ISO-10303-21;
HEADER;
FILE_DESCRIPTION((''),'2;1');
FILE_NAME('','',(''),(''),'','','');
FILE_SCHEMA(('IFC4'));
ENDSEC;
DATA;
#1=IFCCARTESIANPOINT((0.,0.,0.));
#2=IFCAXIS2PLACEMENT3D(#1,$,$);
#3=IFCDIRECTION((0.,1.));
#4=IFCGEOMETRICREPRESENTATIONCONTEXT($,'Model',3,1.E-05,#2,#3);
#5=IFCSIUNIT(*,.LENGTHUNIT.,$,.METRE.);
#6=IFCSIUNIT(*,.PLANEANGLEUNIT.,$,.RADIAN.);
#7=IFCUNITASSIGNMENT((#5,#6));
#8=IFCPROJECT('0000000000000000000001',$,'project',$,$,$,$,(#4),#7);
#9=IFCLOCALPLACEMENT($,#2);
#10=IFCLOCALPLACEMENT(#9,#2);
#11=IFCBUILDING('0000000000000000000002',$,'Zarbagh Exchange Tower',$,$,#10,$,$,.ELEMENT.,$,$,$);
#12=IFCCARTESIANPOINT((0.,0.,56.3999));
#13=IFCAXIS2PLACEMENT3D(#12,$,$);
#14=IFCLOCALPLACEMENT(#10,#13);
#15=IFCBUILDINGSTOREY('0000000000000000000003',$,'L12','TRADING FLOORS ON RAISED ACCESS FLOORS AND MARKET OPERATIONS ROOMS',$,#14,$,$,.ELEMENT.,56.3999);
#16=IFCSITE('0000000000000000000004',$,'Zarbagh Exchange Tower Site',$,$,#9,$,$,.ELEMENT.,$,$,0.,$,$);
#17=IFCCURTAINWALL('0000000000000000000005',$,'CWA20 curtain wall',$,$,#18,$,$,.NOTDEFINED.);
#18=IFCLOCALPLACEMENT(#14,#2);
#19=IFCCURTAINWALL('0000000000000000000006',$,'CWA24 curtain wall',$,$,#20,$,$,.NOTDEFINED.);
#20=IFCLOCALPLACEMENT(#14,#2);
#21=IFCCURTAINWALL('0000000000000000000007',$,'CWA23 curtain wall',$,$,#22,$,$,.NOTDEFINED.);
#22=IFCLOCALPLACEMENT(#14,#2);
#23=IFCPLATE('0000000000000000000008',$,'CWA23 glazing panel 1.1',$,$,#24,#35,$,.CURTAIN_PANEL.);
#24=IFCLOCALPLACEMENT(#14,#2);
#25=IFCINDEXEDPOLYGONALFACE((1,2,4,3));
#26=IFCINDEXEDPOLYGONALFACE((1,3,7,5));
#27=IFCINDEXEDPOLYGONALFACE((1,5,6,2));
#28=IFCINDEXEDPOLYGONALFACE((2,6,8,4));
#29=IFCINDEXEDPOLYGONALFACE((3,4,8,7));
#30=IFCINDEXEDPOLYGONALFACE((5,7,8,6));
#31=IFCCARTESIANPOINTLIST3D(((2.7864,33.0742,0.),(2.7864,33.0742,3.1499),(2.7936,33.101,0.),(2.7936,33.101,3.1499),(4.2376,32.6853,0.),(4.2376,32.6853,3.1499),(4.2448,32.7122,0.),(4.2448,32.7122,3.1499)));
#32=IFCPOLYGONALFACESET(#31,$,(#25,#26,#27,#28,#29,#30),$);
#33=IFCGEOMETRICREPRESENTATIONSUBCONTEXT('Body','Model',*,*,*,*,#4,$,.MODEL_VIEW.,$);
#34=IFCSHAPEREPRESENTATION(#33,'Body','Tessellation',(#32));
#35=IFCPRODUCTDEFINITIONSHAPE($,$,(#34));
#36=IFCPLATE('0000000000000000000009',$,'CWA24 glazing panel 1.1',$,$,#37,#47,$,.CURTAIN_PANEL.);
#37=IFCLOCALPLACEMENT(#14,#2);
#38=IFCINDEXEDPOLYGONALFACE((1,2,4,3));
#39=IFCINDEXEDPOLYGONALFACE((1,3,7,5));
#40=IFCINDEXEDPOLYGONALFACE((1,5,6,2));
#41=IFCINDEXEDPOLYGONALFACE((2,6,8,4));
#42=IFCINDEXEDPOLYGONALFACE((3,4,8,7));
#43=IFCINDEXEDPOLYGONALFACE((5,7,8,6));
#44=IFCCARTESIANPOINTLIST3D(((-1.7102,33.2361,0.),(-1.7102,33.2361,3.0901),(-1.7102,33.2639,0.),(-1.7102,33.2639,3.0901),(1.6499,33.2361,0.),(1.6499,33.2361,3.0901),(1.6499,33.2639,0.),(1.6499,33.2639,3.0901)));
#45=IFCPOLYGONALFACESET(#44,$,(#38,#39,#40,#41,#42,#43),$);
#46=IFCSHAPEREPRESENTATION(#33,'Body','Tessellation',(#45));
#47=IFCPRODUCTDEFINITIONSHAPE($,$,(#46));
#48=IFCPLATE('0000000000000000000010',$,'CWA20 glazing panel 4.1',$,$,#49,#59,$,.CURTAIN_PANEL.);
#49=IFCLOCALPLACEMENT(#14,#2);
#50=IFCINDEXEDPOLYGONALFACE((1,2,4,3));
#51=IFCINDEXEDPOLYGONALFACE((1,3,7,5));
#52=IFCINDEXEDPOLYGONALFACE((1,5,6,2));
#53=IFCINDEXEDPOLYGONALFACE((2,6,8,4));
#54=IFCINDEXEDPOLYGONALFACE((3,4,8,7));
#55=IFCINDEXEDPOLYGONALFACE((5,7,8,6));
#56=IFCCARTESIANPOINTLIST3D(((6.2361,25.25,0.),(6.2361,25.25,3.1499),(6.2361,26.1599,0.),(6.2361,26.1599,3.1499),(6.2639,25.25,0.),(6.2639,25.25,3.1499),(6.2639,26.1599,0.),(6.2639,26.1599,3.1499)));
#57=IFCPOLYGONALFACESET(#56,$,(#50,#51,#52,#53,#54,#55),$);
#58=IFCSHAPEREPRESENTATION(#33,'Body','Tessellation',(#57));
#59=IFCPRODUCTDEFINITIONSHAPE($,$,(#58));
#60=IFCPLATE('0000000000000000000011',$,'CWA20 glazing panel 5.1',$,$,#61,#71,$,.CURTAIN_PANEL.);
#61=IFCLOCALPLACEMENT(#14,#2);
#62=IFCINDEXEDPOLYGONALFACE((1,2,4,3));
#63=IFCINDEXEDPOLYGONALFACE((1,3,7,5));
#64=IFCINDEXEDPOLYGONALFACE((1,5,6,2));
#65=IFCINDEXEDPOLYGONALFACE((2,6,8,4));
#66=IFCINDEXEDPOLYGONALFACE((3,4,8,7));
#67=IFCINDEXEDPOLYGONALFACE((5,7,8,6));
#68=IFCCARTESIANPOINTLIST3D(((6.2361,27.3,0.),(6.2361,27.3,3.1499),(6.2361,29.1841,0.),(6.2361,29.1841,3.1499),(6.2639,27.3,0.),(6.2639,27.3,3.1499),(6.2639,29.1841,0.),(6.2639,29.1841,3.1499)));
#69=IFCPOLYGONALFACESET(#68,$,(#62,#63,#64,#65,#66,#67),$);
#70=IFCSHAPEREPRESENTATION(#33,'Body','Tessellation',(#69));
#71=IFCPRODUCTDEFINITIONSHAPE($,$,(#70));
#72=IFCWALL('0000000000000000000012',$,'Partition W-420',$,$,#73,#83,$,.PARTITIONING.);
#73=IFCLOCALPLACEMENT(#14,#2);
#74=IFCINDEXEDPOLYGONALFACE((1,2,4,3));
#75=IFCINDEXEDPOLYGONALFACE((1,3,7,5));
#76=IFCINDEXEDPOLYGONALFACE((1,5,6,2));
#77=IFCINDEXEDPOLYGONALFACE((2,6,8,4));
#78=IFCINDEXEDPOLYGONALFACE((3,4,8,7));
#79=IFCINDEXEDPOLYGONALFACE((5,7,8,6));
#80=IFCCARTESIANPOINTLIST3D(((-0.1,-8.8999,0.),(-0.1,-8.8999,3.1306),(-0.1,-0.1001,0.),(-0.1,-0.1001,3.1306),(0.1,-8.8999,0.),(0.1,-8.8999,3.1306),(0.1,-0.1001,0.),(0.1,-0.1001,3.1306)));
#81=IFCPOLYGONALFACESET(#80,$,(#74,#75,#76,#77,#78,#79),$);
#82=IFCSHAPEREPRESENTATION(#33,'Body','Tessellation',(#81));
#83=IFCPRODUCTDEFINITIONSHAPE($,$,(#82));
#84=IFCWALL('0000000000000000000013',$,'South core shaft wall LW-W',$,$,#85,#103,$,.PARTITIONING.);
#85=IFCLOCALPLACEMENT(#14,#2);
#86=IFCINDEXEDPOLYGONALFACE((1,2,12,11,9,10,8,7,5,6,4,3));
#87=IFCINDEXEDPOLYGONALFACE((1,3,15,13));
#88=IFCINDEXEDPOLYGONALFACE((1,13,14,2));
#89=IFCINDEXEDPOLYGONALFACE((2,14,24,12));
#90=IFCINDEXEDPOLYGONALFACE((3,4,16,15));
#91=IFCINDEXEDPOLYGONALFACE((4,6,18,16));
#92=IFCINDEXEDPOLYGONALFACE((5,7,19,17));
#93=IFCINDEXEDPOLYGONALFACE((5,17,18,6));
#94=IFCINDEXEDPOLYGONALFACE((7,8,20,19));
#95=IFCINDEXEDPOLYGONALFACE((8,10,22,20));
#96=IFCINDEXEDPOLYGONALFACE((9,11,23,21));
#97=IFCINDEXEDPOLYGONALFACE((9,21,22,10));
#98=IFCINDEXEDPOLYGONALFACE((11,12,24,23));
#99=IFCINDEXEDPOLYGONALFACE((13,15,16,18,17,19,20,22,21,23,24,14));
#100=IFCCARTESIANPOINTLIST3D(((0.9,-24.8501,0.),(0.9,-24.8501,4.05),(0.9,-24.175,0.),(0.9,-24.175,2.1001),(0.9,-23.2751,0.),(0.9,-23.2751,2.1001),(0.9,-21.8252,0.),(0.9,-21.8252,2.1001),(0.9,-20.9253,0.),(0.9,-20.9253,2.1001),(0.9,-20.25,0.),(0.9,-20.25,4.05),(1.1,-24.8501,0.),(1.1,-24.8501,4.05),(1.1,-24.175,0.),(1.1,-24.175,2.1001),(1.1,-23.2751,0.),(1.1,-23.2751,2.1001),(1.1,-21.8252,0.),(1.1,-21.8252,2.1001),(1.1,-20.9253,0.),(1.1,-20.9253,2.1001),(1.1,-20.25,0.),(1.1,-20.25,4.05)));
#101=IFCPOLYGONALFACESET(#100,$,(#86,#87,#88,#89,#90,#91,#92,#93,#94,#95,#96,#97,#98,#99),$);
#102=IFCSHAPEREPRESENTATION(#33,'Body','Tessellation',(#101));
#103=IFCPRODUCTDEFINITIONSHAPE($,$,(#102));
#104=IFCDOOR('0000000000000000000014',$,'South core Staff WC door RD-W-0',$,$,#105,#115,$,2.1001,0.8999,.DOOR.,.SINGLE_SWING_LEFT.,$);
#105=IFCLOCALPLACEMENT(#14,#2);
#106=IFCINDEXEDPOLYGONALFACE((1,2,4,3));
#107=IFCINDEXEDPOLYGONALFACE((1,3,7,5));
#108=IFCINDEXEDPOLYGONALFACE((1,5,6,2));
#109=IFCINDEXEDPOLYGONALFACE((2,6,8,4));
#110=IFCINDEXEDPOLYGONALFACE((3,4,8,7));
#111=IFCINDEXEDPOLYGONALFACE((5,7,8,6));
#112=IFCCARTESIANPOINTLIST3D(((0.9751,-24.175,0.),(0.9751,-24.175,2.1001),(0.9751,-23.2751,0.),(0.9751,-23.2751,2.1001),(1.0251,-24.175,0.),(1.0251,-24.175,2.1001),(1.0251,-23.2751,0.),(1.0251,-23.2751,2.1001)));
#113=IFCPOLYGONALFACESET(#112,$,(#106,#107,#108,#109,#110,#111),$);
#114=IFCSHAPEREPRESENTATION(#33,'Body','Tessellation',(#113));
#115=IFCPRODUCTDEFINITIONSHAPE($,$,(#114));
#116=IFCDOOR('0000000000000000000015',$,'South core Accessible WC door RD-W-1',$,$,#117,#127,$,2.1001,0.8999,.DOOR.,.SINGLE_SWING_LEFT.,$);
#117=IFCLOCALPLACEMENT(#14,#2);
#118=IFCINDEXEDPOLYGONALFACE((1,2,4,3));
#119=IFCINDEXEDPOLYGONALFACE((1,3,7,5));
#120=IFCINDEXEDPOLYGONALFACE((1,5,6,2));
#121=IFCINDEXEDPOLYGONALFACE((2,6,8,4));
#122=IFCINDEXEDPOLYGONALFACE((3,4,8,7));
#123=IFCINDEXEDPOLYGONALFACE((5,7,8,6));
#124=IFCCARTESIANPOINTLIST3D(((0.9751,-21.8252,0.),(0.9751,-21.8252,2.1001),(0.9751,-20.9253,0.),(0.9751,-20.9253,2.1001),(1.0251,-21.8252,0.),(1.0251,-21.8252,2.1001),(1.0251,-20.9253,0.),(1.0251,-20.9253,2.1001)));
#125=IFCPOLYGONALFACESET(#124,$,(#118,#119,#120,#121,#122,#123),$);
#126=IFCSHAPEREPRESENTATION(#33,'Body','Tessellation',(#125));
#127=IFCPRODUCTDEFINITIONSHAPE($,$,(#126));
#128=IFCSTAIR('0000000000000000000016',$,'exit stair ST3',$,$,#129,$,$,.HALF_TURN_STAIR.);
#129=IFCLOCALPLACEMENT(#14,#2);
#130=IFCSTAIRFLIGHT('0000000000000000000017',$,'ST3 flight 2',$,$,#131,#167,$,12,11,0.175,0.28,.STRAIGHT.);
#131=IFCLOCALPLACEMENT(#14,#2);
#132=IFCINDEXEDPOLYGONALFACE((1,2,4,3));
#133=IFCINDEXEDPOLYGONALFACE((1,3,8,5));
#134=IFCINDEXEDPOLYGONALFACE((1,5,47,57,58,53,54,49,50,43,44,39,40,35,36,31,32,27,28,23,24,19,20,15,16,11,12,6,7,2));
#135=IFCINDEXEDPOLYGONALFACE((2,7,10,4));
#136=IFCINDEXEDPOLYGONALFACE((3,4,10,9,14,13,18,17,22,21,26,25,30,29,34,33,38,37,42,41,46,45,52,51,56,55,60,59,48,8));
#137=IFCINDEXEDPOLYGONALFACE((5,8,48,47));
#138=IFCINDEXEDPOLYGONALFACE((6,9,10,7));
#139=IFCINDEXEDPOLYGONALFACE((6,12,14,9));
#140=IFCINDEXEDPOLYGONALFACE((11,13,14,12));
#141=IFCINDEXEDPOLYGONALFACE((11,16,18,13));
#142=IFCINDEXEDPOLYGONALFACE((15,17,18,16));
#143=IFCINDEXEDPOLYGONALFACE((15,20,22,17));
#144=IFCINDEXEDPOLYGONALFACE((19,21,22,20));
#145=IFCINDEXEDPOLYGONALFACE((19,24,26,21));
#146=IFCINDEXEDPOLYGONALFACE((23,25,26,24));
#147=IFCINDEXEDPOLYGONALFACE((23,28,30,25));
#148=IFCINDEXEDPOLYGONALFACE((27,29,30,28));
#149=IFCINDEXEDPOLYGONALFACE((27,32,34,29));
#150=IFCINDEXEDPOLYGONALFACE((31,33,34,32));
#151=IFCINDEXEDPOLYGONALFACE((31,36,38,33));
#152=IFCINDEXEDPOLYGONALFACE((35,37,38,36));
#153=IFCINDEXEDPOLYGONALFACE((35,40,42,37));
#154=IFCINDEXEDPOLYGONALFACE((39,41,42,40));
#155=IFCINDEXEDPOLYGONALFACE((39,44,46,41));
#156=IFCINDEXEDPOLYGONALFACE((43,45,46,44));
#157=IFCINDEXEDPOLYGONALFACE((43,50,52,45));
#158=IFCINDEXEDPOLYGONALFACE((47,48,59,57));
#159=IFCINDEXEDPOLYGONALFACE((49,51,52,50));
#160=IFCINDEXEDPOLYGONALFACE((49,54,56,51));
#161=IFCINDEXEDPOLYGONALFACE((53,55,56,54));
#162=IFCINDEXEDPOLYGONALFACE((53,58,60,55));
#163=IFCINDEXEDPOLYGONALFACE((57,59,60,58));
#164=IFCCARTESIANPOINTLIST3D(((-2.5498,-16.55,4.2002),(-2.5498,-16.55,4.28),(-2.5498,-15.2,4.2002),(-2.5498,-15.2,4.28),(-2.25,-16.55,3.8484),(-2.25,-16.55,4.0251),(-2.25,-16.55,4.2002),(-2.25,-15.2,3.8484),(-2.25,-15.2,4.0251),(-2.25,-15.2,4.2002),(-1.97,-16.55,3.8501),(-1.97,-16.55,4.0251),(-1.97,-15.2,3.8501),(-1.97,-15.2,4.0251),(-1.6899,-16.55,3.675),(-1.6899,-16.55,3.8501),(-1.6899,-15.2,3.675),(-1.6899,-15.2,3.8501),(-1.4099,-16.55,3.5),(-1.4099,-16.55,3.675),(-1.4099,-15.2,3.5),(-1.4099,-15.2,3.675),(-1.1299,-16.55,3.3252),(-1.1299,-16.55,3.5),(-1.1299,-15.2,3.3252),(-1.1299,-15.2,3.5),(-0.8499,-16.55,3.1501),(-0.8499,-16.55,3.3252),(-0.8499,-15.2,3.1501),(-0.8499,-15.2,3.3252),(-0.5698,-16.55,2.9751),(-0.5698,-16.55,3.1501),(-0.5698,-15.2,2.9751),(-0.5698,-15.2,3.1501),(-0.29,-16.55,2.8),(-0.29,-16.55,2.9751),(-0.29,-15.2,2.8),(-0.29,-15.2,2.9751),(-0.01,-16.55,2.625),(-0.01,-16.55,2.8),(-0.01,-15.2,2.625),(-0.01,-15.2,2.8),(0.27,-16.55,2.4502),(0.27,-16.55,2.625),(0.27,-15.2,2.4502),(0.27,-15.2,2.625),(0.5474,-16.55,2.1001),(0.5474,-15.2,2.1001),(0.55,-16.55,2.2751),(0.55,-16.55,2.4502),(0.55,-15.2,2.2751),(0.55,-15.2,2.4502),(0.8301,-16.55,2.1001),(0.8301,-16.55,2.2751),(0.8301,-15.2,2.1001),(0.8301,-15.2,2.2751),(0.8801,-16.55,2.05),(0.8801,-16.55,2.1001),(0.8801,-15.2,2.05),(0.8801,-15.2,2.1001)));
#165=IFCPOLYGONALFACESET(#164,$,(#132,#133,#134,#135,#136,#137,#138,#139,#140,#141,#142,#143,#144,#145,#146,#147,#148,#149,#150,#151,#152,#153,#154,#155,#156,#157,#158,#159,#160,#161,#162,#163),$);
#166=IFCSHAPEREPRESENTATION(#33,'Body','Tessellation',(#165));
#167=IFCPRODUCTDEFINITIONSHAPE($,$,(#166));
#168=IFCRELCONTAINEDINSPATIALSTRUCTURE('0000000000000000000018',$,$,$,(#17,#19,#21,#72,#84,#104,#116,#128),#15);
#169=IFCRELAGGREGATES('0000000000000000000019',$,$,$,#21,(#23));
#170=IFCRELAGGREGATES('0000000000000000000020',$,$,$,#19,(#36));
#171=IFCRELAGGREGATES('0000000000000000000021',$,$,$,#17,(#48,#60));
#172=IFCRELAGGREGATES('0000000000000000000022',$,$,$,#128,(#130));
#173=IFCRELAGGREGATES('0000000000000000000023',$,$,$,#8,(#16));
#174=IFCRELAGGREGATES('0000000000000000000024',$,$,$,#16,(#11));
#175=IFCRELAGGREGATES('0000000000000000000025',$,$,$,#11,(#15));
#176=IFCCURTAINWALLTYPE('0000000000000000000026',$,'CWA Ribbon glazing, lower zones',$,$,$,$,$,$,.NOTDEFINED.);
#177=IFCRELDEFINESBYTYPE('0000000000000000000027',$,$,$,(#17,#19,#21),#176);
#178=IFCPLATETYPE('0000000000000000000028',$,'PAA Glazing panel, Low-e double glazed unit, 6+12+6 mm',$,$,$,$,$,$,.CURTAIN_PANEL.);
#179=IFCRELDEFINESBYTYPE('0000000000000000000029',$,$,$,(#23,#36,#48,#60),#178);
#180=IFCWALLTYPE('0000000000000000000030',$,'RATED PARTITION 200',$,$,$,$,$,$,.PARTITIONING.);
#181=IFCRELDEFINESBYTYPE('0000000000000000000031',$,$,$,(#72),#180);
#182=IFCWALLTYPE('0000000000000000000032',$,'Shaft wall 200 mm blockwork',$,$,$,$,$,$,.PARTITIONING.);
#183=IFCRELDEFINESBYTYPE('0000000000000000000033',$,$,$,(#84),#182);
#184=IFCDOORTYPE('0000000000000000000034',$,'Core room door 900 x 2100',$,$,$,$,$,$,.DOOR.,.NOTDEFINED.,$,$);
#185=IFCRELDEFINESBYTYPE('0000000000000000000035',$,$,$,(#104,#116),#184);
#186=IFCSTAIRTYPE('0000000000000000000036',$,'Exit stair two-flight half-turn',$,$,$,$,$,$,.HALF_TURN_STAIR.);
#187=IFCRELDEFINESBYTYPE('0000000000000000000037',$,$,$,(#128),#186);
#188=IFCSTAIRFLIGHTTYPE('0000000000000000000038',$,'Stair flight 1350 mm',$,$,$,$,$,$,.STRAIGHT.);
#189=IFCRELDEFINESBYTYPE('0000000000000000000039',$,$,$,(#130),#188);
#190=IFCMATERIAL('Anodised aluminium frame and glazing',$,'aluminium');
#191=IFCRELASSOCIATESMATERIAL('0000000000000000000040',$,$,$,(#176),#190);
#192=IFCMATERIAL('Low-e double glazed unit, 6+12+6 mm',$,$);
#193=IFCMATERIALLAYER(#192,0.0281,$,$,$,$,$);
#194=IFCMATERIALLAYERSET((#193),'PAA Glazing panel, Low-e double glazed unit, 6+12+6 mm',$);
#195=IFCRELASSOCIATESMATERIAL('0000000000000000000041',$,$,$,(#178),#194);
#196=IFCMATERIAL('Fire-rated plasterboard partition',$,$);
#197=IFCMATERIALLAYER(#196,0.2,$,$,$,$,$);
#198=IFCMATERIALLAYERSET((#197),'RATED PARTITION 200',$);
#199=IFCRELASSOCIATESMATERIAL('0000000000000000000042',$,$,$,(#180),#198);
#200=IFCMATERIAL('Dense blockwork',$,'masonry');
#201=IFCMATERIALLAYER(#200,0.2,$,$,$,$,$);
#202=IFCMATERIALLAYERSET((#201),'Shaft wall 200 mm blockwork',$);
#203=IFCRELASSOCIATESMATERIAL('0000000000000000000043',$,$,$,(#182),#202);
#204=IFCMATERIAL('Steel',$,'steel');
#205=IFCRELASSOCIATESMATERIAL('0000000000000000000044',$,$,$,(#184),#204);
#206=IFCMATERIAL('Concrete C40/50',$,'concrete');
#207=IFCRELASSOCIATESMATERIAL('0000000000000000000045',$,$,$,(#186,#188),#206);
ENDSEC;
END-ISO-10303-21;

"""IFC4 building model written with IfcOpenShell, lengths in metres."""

from ifc_helpers import new_model, si_unit, direction, frame, frame_2d, origin, place, context, subcontext, project, spatial, polyline, rectangle, outline, extrude, source, transform, mapped, material, layer, layer_set, type_object, element, fill, aggregate, save


model = new_model("IFC4")

# Units and contexts
model_context = context("Model", 3, precision=1e-05, world=origin(), true_north=direction((0.0, 1.0)))
body_context = subcontext(model_context, "Body", "Model", "MODEL_VIEW")
ifc_project = project(units=[si_unit("LENGTHUNIT", "METRE"), si_unit("PLANEANGLEUNIT", "RADIAN")], contexts=[model_context])

# Site, building, storey
site_placement = place(None, origin())
site = spatial("IfcSite", under=ifc_project, at=site_placement, Name="Zarbagh Exchange Tower Site", CompositionType="ELEMENT", RefElevation=0.0)
building_placement = place(site_placement, origin())
building = spatial("IfcBuilding", under=site, at=building_placement, Name="Zarbagh Exchange Tower", CompositionType="ELEMENT")
storey_placement = place(building_placement, frame((0.0, 0.0, 56.3999)))
storey = spatial("IfcBuildingStorey", under=building, at=storey_placement, Name="L12", Description="TRADING FLOORS ON RAISED ACCESS FLOORS AND MARKET OPERATIONS ROOMS", CompositionType="ELEMENT", Elevation=56.3999)

# Curtain wall
ifc_material_1 = material(Name="Anodised aluminium frame and glazing", Category="aluminium")
curtain_wall_type = type_object("IfcCurtainWallType", Name="CWA Ribbon glazing, lower zones", PredefinedType="NOTDEFINED", material=ifc_material_1)
curtain_wall_1_placement = place(storey_placement, origin())
curtain_wall_1 = element("IfcCurtainWall", 1, at=curtain_wall_1_placement, inside=storey, type_object=curtain_wall_type, Name="CWA20 curtain wall", PredefinedType="NOTDEFINED")
placement = place(storey_placement, origin())

# Curtain wall
curtain_wall_2_placement = place(storey_placement, origin())
curtain_wall_2 = element("IfcCurtainWall", 2, at=curtain_wall_2_placement, inside=storey, type_object=curtain_wall_type, Name="CWA24 curtain wall", PredefinedType="NOTDEFINED")

# Shared definitions
ifc_material_2 = material(Name="Low-e double glazed unit, 6+12+6 mm")
ifc_layer_1 = layer(ifc_material_2, 0.0281)
ifc_layer_set_1 = layer_set([ifc_layer_1], Name="PAA Glazing panel, Low-e double glazed unit, 6+12+6 mm")
plate_type = type_object("IfcPlateType", Name="PAA Glazing panel, Low-e double glazed unit, 6+12+6 mm", PredefinedType="CURTAIN_PANEL", material=ifc_layer_set_1)

# Curtain wall, plate
curtain_wall_3_placement = place(storey_placement, origin())
curtain_wall_3 = element("IfcCurtainWall", 3, at=curtain_wall_3_placement, inside=storey, type_object=curtain_wall_type, Name="CWA23 curtain wall", PredefinedType="NOTDEFINED")
shared_shape_1 = source(origin(), body_context, "Body", "SweptSolid", [
    extrude(outline(polyline([(0.0, -0.0139), (1.5024, -0.0139), (1.5024, 0.0139), (0.0, 0.0139), (0.0, -0.0139)])), origin(), (0.0, 0.0, 1.0), 3.1499),
])
plate_1 = element("IfcPlate", 4, at=placement, type_object=plate_type, Name="CWA23 glazing panel 1.1", PredefinedType="CURTAIN_PANEL", context=body_context, shape_type="MappedRepresentation", body=[
    mapped(shared_shape_1, transform((4.2412, 32.6987, 0.0), x_axis=(-0.965924, 0.258825, 0.0), y_axis=(-0.258825, -0.965924, 0.0), z_axis=(0.0, 0.0, 1.0))),
])
aggregate(curtain_wall_3, [plate_1])

# Plates
shared_shape_2 = source(origin(), body_context, "Body", "SweptSolid", [
    extrude(outline(polyline([(0.0, -0.0139), (3.3601, -0.0139), (3.3601, 0.0139), (0.0, 0.0139), (0.0, -0.0139)])), origin(), (0.0, 0.0, 1.0), 3.0901),
])
plate_2 = element("IfcPlate", 5, at=placement, type_object=plate_type, Name="CWA24 glazing panel 1.1", PredefinedType="CURTAIN_PANEL", context=body_context, shape_type="MappedRepresentation", body=[
    mapped(shared_shape_2, transform((1.6499, 33.25, 0.0), x_axis=(-1.0, 0.0, 0.0), y_axis=(0.0, -1.0, 0.0), z_axis=(0.0, 0.0, 1.0))),
])
aggregate(curtain_wall_2, [plate_2])
shared_shape_3 = source(origin(), body_context, "Body", "SweptSolid", [
    extrude(outline(polyline([(0.0, -0.0139), (0.9099, -0.0139), (0.9099, 0.0139), (0.0, 0.0139), (0.0, -0.0139)])), origin(), (0.0, 0.0, 1.0), 3.1499),
])
plate_3 = element("IfcPlate", 6, at=placement, type_object=plate_type, Name="CWA20 glazing panel 4.1", PredefinedType="CURTAIN_PANEL", context=body_context, shape_type="MappedRepresentation", body=[
    mapped(shared_shape_3, transform((6.25, 25.25, 0.0), x_axis=(0.0, 1.0, 0.0), y_axis=(-1.0, 0.0, 0.0), z_axis=(0.0, 0.0, 1.0))),
])
shared_shape_4 = source(origin(), body_context, "Body", "SweptSolid", [
    extrude(outline(polyline([(0.0, -0.0139), (1.884, -0.0139), (1.884, 0.0139), (0.0, 0.0139), (0.0, -0.0139)])), origin(), (0.0, 0.0, 1.0), 3.1499),
])
plate_4 = element("IfcPlate", 7, at=placement, type_object=plate_type, Name="CWA20 glazing panel 5.1", PredefinedType="CURTAIN_PANEL", context=body_context, shape_type="MappedRepresentation", body=[
    mapped(shared_shape_4, transform((6.25, 27.3, 0.0), x_axis=(0.0, 1.0, 0.0), y_axis=(-1.0, 0.0, 0.0), z_axis=(0.0, 0.0, 1.0))),
])
aggregate(curtain_wall_1, [plate_3, plate_4])

# Wall
ifc_material_3 = material(Name="Fire-rated plasterboard partition")
ifc_layer_2 = layer(ifc_material_3, 0.2)
ifc_layer_set_2 = layer_set([ifc_layer_2], Name="RATED PARTITION 200")
wall_type_1 = type_object("IfcWallType", Name="RATED PARTITION 200", PredefinedType="PARTITIONING", material=ifc_layer_set_2)
wall_1_placement = place(storey_placement, frame((0.0, -8.8999, 0.0), z_axis=(0.0, 0.0, 1.0), x_axis=(0.0, 1.0, 0.0)))
element("IfcWall", 8, at=wall_1_placement, inside=storey, type_object=wall_type_1, Name="Partition W-420", PredefinedType="PARTITIONING", context=body_context, shape_type="SweptSolid", body=[
    extrude(rectangle(XDim=8.7998, YDim=0.2, at=frame_2d((4.3999, 0.0))), origin(), (0.0, 0.0, 1.0), 3.1306),
])

# Wall, openings, doors
ifc_material_4 = material(Name="Dense blockwork", Category="masonry")
ifc_layer_3 = layer(ifc_material_4, 0.2)
ifc_layer_set_3 = layer_set([ifc_layer_3], Name="Shaft wall 200 mm blockwork")
wall_type_2 = type_object("IfcWallType", Name="Shaft wall 200 mm blockwork", PredefinedType="PARTITIONING", material=ifc_layer_set_3)
wall_2_placement = place(storey_placement, frame((1.0, -24.8501, 0.0), z_axis=(0.0, 0.0, 1.0), x_axis=(0.0, 1.0, 0.0)))
wall_2 = element("IfcWall", 9, at=wall_2_placement, inside=storey, type_object=wall_type_2, Name="South core shaft wall LW-W", PredefinedType="PARTITIONING", context=body_context, shape_type="SweptSolid", body=[
    extrude(rectangle(XDim=4.6001, YDim=0.2, at=frame_2d((2.3, 0.0))), origin(), (0.0, 0.0, 1.0), 4.05),
])
opening_1_placement = place(wall_2_placement, frame((0.675, 0.0, 0.0)))
opening_1 = element("IfcOpeningElement", 10, at=opening_1_placement, cuts=wall_2, PredefinedType="OPENING", context=body_context, shape_type="SweptSolid", body=[
    extrude(rectangle(XDim=0.8999, YDim=2.1001, at=frame_2d((0.45, 1.05))), frame((0.0, 0.1099, 0.0), z_axis=(0.0, -1.0, 0.0), x_axis=(1.0, 0.0, 0.0)), (0.0, 0.0, 1.0), 0.22),
])
opening_2_placement = place(wall_2_placement, frame((3.0249, 0.0, 0.0)))
opening_2 = element("IfcOpeningElement", 11, at=opening_2_placement, cuts=wall_2, PredefinedType="OPENING", context=body_context, shape_type="SweptSolid", body=[
    extrude(rectangle(XDim=0.8999, YDim=2.1001, at=frame_2d((0.45, 1.05))), frame((0.0, 0.1099, 0.0), z_axis=(0.0, -1.0, 0.0), x_axis=(1.0, 0.0, 0.0)), (0.0, 0.0, 1.0), 0.22),
])
ifc_material_5 = material(Name="Steel", Category="steel")
door_type = type_object("IfcDoorType", Name="Core room door 900 x 2100", OperationType="NOTDEFINED", PredefinedType="DOOR", material=ifc_material_5)
door_1_placement = place(opening_1_placement, origin())
door_1 = element("IfcDoor", 12, at=door_1_placement, inside=storey, type_object=door_type, Name="South core Staff WC door RD-W-0", OperationType="SINGLE_SWING_LEFT", OverallHeight=2.1001, OverallWidth=0.8999, PredefinedType="DOOR", context=body_context, shape_type="SweptSolid", body=[
    extrude(rectangle(XDim=0.8999, YDim=2.1001, at=frame_2d((0.45, 1.05))), frame((0.0, 0.0249, 0.0), z_axis=(0.0, -1.0, 0.0), x_axis=(1.0, 0.0, 0.0)), (0.0, 0.0, 1.0), 0.05),
])
fill(opening_1, door_1)
door_2_placement = place(opening_2_placement, origin())
door_2 = element("IfcDoor", 13, at=door_2_placement, inside=storey, type_object=door_type, Name="South core Accessible WC door RD-W-1", OperationType="SINGLE_SWING_LEFT", OverallHeight=2.1001, OverallWidth=0.8999, PredefinedType="DOOR", context=body_context, shape_type="SweptSolid", body=[
    extrude(rectangle(XDim=0.8999, YDim=2.1001, at=frame_2d((0.45, 1.05))), frame((0.0, 0.0249, 0.0), z_axis=(0.0, -1.0, 0.0), x_axis=(1.0, 0.0, 0.0)), (0.0, 0.0, 1.0), 0.05),
])
fill(opening_2, door_2)

# Stair, stair flight
ifc_material_6 = material(Name="Concrete C40/50", Category="concrete")
stair_type = type_object("IfcStairType", Name="Exit stair two-flight half-turn", PredefinedType="HALF_TURN_STAIR", material=ifc_material_6)
stair_1_placement = place(storey_placement, origin())
stair_1 = element("IfcStair", 14, at=stair_1_placement, inside=storey, type_object=stair_type, Name="exit stair ST3", PredefinedType="HALF_TURN_STAIR")
stair_flight_type = type_object("IfcStairFlightType", Name="Stair flight 1350 mm", PredefinedType="STRAIGHT", material=ifc_material_6)
stair_flight_1_placement = place(storey_placement, frame((0.8301, -15.875, 2.1001), z_axis=(0.0, 0.0, 1.0), x_axis=(-1.0, 0.0, 0.0)))
stair_flight_1 = element("IfcStairFlight", 15, at=stair_flight_1_placement, type_object=stair_flight_type, Name="ST3 flight 2", NumberOfRisers=12, NumberOfTreads=11, PredefinedType="STRAIGHT", RiserHeight=0.175, TreadLength=0.28, context=body_context, shape_type="SweptSolid", body=[
    extrude(outline(polyline([(-0.05, -0.05), (-0.05, 0.0), (0.0, 0.0), (0.0, 0.175), (0.28, 0.175), (0.28, 0.3501), (0.5601, 0.3501), (0.5601, 0.5249), (0.8401, 0.5249), (0.8401, 0.7), (1.1201, 0.7), (1.1201, 0.875), (1.3999, 0.875), (1.3999, 1.05), (1.6799, 1.05), (1.6799, 1.2251), (1.96, 1.2251), (1.96, 1.3999), (2.24, 1.3999), (2.24, 1.575), (2.52, 1.575), (2.52, 1.75), (2.8, 1.75), (2.8, 1.925), (3.0801, 1.925), (3.0801, 2.1001), (3.3799, 2.1799), (3.3799, 2.1001), (3.0801, 1.7483), (0.2827, 0.0), (-0.05, -0.05)])), frame((0.0, 0.675, 0.0), z_axis=(0.0, -1.0, 0.0), x_axis=(1.0, 0.0, 0.0)), (0.0, 0.0, 1.0), 1.3501),
])
aggregate(stair_1, [stair_flight_1])

save(model, "model.ifc")
